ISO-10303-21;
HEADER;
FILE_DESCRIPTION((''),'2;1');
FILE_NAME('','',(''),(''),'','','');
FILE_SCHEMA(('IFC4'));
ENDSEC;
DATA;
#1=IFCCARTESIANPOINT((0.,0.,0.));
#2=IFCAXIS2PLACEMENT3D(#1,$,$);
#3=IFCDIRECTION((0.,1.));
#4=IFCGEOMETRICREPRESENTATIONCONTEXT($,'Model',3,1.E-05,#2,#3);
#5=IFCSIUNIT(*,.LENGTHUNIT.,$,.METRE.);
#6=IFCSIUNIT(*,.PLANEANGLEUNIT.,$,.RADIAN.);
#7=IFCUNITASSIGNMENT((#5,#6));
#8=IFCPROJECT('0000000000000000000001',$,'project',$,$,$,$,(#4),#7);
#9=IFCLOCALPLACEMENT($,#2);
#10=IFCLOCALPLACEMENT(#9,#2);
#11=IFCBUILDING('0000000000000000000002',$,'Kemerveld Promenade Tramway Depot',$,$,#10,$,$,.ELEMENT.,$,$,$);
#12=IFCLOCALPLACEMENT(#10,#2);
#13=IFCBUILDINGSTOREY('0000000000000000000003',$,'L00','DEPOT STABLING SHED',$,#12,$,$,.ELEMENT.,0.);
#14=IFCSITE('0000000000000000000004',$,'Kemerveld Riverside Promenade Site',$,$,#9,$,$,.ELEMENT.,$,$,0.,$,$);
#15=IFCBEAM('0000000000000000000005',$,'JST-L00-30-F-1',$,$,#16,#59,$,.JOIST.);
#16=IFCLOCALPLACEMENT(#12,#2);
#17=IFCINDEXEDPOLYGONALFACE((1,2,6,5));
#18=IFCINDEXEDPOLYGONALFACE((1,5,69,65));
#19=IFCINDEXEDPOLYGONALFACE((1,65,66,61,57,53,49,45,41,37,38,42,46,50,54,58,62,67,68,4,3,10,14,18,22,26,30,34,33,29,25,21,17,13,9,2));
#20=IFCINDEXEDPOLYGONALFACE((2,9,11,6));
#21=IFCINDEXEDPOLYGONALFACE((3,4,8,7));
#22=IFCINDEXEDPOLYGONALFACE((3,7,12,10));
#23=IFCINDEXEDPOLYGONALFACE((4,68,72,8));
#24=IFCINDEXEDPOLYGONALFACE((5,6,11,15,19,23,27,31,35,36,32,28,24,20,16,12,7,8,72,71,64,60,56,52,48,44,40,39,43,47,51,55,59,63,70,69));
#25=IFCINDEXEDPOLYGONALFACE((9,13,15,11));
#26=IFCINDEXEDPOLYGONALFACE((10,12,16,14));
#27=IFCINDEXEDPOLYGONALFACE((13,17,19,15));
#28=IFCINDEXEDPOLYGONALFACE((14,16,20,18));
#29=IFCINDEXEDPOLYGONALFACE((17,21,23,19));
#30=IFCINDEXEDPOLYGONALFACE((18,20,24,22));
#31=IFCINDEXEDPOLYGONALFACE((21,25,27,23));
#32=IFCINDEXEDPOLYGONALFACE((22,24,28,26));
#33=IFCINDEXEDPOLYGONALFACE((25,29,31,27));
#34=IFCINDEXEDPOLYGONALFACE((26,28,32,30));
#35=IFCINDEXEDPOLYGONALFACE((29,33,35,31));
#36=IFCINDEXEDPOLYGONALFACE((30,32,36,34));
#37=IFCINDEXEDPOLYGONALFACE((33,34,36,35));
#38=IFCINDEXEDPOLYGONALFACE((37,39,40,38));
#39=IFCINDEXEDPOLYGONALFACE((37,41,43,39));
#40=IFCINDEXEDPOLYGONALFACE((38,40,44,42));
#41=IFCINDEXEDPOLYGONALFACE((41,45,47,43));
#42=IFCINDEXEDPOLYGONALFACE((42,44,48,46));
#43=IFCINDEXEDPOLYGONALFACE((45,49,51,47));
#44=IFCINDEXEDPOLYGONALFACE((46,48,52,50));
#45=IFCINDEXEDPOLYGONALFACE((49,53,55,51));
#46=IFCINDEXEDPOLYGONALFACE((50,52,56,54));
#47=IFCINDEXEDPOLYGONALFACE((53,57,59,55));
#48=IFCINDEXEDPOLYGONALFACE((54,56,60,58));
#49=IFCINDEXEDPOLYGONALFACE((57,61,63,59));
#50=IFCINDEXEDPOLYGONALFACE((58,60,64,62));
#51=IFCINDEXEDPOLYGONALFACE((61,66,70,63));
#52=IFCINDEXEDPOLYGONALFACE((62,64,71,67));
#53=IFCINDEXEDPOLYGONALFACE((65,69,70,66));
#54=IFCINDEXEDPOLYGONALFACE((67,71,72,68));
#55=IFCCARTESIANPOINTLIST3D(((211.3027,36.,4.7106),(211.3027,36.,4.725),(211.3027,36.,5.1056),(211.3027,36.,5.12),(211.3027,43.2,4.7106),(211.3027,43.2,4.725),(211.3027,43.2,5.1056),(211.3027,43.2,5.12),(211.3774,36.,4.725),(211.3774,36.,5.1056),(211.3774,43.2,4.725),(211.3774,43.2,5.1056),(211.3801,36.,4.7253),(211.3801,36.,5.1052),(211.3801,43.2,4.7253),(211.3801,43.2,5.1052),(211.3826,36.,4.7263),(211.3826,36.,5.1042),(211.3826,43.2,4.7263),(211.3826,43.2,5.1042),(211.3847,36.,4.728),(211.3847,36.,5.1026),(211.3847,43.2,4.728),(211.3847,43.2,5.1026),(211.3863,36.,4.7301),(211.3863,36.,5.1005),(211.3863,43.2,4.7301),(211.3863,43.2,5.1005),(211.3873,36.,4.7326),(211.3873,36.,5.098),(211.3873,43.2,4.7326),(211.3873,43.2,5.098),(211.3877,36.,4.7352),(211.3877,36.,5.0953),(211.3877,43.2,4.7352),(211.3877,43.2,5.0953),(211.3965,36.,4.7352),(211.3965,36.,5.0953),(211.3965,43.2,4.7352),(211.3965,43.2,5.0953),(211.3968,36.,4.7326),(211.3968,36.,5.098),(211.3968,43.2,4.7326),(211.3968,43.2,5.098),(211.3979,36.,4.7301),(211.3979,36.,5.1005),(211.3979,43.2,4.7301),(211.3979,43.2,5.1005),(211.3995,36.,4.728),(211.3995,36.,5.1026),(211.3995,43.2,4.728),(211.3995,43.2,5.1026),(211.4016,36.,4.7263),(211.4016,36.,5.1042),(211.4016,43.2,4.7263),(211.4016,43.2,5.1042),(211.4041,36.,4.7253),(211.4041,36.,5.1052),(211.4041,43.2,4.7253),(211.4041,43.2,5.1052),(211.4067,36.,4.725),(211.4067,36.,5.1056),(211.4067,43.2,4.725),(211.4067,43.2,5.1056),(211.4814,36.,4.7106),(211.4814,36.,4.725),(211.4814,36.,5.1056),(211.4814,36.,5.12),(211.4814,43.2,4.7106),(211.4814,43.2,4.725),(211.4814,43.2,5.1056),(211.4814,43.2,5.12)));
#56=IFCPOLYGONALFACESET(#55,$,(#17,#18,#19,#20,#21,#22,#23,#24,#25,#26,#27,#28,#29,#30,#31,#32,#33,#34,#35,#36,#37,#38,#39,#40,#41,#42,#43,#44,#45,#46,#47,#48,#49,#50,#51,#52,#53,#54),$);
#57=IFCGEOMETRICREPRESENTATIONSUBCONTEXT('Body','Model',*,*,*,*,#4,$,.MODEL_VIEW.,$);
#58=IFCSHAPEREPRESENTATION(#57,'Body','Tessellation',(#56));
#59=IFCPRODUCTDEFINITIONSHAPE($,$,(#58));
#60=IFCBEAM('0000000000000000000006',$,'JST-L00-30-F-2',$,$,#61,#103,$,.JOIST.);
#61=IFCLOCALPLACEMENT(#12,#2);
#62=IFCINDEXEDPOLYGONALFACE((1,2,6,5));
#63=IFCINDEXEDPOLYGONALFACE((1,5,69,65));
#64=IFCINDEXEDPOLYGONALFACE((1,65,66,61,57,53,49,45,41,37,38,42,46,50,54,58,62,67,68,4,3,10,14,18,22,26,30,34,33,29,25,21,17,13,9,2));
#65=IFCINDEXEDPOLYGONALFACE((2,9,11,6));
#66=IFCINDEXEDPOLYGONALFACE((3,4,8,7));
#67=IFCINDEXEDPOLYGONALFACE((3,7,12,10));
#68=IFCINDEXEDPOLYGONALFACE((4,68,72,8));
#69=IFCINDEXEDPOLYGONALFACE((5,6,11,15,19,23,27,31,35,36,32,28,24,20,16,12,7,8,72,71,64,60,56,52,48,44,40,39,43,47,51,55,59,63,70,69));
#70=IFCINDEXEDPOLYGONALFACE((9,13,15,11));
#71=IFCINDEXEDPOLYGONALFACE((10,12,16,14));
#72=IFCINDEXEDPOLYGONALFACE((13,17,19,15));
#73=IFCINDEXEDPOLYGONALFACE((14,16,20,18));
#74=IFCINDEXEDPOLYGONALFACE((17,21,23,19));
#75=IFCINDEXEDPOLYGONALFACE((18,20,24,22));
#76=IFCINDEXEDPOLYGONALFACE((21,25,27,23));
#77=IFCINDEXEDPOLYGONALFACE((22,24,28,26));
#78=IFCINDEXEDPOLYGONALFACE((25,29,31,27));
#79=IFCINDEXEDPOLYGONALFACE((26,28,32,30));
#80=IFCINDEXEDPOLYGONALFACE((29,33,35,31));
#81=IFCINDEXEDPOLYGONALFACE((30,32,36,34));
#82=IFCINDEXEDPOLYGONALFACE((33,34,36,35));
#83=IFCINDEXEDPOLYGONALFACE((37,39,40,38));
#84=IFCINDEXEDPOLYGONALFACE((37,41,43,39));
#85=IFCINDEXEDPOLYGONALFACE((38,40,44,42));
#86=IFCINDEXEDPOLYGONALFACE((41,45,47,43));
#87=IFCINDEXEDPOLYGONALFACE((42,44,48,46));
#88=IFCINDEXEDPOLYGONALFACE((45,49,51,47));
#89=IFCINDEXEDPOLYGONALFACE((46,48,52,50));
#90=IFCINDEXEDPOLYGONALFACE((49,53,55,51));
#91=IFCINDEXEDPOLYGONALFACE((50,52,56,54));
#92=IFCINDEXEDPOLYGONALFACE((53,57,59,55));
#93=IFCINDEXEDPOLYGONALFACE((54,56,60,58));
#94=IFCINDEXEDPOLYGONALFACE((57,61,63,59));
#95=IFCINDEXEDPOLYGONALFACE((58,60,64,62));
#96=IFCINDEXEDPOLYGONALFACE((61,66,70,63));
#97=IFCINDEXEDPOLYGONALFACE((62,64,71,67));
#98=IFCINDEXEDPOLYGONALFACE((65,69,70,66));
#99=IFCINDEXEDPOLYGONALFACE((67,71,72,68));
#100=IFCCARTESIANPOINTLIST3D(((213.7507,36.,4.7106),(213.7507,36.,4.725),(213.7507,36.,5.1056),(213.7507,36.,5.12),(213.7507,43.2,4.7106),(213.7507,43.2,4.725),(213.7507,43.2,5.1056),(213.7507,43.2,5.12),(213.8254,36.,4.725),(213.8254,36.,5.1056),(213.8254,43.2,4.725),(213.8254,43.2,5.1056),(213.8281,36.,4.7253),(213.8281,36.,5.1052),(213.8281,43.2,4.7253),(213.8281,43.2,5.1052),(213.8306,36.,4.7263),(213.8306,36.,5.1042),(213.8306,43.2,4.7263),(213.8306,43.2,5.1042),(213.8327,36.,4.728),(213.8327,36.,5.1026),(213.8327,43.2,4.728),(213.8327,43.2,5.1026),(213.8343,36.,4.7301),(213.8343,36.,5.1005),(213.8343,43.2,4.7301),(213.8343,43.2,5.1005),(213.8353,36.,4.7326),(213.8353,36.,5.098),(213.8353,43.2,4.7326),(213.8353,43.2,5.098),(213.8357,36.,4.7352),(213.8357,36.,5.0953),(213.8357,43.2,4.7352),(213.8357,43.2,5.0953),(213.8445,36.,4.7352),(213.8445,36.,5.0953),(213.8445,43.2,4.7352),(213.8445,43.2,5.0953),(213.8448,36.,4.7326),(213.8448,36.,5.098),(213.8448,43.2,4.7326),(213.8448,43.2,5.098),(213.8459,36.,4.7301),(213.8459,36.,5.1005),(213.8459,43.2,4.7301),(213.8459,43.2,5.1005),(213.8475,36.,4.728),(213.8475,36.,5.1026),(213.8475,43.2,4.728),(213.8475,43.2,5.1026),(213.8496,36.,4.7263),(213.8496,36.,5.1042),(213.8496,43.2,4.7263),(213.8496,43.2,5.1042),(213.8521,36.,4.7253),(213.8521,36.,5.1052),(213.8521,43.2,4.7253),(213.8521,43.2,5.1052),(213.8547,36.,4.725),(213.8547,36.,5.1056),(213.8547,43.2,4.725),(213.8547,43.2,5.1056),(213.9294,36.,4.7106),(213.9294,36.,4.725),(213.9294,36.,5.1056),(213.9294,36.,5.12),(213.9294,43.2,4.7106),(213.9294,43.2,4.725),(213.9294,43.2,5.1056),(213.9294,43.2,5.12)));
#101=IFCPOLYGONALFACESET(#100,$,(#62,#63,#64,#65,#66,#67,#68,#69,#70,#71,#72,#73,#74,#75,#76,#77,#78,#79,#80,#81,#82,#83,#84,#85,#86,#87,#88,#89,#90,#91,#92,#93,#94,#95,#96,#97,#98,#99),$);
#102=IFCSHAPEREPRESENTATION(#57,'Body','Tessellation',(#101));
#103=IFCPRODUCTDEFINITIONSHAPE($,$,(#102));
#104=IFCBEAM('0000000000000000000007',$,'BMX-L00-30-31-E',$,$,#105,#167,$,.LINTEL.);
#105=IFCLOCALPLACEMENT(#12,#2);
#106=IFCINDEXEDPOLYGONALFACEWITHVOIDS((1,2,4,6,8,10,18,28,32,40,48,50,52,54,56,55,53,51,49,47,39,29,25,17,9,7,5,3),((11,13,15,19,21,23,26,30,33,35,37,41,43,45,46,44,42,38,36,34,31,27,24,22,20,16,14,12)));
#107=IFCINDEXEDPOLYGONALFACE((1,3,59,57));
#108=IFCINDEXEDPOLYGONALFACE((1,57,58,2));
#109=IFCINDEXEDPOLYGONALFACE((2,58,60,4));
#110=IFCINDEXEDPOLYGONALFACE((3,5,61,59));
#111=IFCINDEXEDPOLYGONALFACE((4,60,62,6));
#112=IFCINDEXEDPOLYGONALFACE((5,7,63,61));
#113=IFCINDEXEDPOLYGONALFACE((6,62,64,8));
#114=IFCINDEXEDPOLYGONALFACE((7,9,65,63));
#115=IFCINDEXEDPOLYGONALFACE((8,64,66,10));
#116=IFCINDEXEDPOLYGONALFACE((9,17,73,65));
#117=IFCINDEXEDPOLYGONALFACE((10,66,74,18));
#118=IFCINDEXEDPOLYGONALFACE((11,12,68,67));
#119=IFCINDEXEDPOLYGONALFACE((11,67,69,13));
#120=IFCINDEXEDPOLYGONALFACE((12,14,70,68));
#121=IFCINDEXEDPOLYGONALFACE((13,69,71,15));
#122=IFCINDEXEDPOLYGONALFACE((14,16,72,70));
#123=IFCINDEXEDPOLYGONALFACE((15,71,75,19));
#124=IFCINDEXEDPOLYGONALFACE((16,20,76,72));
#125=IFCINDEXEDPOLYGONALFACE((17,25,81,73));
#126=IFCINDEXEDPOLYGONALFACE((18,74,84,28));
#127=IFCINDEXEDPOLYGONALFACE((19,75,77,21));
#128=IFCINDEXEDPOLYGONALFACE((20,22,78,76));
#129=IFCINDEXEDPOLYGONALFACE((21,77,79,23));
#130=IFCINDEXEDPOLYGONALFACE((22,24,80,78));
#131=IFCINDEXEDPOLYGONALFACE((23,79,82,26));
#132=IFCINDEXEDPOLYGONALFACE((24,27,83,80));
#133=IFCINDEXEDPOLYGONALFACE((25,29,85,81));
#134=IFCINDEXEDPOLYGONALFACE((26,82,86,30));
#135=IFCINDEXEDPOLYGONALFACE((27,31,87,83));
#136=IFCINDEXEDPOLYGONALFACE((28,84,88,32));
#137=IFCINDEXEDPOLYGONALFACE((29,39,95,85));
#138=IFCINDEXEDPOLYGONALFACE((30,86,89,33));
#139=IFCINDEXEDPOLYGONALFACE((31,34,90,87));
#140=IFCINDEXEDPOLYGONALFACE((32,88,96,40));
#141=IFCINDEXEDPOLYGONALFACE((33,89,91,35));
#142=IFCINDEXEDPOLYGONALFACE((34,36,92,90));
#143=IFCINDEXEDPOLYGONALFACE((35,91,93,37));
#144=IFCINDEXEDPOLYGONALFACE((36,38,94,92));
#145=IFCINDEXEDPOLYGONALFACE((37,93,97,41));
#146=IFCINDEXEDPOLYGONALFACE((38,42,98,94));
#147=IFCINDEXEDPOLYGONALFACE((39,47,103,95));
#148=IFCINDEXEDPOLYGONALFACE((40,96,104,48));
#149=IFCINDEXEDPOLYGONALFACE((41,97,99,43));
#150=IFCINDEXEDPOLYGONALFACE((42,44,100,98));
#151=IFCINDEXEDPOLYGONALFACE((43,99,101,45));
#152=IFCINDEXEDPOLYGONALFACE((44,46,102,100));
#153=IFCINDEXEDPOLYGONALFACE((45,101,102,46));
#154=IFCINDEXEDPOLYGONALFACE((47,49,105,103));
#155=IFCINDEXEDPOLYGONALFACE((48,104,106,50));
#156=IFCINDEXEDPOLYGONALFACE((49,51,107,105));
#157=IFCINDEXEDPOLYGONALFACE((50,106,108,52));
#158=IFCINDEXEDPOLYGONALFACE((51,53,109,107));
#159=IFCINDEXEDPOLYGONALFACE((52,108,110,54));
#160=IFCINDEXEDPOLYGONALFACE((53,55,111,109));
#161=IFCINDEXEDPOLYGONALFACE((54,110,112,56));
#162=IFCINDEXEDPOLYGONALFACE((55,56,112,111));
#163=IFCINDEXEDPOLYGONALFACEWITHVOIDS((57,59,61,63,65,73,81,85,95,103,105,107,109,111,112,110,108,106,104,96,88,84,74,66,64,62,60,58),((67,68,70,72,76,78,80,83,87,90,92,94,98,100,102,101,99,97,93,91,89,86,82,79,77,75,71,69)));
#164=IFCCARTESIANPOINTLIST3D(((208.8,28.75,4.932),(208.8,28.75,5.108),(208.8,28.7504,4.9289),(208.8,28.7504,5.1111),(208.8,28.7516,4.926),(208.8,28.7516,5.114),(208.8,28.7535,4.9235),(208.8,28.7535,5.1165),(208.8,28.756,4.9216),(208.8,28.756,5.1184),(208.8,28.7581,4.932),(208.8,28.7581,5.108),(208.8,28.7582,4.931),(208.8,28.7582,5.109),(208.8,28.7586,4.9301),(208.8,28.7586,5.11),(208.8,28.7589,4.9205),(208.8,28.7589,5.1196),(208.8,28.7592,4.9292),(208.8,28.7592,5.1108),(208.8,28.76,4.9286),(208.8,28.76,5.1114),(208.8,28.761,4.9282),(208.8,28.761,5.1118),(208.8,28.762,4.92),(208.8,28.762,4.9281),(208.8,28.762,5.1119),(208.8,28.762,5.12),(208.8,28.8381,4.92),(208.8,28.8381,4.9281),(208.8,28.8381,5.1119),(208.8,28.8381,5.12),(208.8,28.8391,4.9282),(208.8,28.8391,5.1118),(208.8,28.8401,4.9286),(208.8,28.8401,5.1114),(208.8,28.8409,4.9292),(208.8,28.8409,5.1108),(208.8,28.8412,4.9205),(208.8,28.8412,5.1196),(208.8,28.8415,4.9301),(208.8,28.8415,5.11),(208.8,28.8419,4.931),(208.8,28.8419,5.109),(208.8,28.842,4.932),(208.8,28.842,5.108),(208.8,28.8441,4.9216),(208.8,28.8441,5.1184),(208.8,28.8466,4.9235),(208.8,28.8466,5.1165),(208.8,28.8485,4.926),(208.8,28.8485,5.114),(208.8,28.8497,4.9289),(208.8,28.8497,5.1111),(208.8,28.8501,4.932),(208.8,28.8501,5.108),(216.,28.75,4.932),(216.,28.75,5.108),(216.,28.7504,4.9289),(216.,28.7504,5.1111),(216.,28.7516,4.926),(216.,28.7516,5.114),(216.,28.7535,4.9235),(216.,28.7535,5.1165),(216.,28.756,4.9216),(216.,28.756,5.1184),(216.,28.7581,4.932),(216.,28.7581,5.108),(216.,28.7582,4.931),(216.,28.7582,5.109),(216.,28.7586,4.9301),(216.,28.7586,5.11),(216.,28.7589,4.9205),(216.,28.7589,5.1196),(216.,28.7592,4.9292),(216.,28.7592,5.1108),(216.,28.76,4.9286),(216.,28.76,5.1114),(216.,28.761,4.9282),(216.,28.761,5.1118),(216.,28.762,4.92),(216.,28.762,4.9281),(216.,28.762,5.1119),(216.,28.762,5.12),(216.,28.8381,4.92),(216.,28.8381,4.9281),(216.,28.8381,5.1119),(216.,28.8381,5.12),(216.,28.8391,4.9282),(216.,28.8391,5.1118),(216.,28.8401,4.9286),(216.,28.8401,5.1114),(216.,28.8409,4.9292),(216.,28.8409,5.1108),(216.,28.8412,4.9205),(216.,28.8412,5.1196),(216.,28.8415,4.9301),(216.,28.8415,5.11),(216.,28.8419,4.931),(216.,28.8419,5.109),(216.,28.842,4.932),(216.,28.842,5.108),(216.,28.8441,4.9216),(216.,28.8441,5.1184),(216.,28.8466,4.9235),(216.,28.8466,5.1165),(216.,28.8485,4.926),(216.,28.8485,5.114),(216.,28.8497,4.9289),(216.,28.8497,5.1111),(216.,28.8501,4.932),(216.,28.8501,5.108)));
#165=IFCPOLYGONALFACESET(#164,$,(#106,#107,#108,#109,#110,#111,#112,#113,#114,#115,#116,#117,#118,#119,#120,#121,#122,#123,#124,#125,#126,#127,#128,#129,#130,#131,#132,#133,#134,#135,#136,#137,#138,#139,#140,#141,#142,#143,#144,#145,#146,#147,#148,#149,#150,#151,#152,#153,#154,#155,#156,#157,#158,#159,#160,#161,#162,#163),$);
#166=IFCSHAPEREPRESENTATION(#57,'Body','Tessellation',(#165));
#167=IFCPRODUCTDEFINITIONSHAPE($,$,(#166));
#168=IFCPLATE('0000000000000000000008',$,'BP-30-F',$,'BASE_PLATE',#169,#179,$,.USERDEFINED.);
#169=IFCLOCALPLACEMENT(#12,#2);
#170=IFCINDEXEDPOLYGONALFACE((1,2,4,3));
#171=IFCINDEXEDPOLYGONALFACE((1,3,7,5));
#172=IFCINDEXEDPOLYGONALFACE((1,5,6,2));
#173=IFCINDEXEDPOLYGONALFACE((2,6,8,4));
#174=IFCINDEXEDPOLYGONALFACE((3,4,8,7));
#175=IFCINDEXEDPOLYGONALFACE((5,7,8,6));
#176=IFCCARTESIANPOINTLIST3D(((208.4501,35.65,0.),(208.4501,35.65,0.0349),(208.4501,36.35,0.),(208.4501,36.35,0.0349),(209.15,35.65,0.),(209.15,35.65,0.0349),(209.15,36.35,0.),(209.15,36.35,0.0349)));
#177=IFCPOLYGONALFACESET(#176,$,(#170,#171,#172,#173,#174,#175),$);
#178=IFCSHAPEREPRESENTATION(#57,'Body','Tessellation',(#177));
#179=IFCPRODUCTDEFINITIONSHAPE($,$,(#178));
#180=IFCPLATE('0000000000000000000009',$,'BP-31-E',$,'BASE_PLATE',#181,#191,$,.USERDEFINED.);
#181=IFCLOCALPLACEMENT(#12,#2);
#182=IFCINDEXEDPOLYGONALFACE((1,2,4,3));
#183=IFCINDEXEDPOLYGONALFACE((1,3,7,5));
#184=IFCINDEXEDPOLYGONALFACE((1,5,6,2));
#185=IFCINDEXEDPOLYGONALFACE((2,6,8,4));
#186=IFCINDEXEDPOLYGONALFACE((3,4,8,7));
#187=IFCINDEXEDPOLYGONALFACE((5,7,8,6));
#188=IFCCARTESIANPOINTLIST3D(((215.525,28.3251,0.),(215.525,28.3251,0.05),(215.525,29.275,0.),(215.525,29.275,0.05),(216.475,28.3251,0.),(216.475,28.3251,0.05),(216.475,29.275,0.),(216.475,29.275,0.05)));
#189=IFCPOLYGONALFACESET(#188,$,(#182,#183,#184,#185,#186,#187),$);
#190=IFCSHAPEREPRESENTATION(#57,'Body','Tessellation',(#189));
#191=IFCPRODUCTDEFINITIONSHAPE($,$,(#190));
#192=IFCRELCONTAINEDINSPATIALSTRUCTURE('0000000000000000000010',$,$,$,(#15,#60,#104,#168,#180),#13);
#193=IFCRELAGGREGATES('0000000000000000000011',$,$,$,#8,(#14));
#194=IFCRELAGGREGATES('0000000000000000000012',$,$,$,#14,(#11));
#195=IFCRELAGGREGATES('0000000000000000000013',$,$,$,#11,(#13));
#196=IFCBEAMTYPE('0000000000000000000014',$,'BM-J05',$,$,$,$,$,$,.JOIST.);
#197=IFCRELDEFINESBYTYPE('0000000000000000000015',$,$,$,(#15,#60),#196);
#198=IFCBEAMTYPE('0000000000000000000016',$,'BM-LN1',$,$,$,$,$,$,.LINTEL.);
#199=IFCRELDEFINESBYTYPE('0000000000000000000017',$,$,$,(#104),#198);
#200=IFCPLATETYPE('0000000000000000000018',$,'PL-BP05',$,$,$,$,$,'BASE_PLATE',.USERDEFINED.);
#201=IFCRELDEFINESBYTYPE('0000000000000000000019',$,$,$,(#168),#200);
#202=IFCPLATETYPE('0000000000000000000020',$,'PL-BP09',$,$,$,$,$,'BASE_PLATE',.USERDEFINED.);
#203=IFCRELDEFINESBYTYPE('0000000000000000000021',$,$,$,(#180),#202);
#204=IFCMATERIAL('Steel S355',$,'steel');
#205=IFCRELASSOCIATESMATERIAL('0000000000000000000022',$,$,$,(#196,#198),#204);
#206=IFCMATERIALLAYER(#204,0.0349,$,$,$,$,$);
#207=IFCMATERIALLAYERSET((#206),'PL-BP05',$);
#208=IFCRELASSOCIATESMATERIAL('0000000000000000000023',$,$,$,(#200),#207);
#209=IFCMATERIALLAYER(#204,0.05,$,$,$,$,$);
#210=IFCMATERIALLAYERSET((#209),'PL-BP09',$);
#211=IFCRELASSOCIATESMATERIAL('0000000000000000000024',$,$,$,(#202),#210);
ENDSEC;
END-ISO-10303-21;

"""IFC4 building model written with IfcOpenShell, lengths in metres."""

from ifc_helpers import new_model, si_unit, direction, frame, origin, origin_2d, place, context, subcontext, project, spatial, rectangle, hollow_rectangle, i_section, extrude, material, layer, layer_set, material_profile, profile_set, type_object, element, save


model = new_model("IFC4")

# Units and contexts
model_context = context("Model", 3, precision=1e-05, world=origin(), true_north=direction((0.0, 1.0)))
body_context = subcontext(model_context, "Body", "Model", "MODEL_VIEW")
ifc_project = project(units=[si_unit("LENGTHUNIT", "METRE"), si_unit("PLANEANGLEUNIT", "RADIAN")], contexts=[model_context])

# Site, building, storey
site_placement = place(None, origin())
site = spatial("IfcSite", under=ifc_project, at=site_placement, Name="Kemerveld Riverside Promenade Site", CompositionType="ELEMENT", RefElevation=0.0)
building_placement = place(site_placement, origin())
building = spatial("IfcBuilding", under=site, at=building_placement, Name="Kemerveld Promenade Tramway Depot", CompositionType="ELEMENT")
storey_placement = place(building_placement, origin())
storey = spatial("IfcBuildingStorey", under=building, at=storey_placement, Name="L00", Description="DEPOT STABLING SHED", CompositionType="ELEMENT", Elevation=0.0)

# Shared definitions
ifc_material_1 = material(Name="Steel S355", Category="steel")

# Beams
ifc_material_profile_1 = material_profile(ifc_material_1, i_section(OverallWidth=0.1787, OverallDepth=0.4094, WebThickness=0.0088, FlangeThickness=0.0144, FilletRadius=0.0103, at=origin_2d()), Name="406x178x67 UB")
ifc_profile_set_1 = profile_set([ifc_material_profile_1], Name="Steel S355")
beam_type_1 = type_object("IfcBeamType", Name="BM-J05", PredefinedType="JOIST", material=ifc_profile_set_1)
for number, where, z_axis, x_axis, name in (
    (1, (211.3921, 36.0, 4.9153), (0.0, 1.0, 0.0), (-1.0, 0.0, 0.0), "JST-L00-30-F-1"),
    (2, (213.8401, 36.0, 4.9153), (0.0, 1.0, 0.0), (-1.0, 0.0, 0.0), "JST-L00-30-F-2"),
):
    element("IfcBeam", number, at=place(storey_placement, frame(where, z_axis=z_axis, x_axis=x_axis)), inside=storey, type_object=beam_type_1, Name=name, PredefinedType="JOIST", context=body_context, shape_type="SweptSolid", body=[
        extrude(i_section(OverallWidth=0.1787, OverallDepth=0.4094, WebThickness=0.0088, FlangeThickness=0.0144, FilletRadius=0.0103, at=origin_2d()), origin(), (0.0, 0.0, 1.0), 7.2),
    ])
ifc_material_profile_2 = material_profile(ifc_material_1, hollow_rectangle(XDim=0.1001, YDim=0.2, WallThickness=0.0081, InnerFilletRadius=0.0039, OuterFilletRadius=0.012, at=origin_2d()), Name="200x100x8.0 RHS")
ifc_profile_set_2 = profile_set([ifc_material_profile_2], Name="Steel S355")
beam_type_2 = type_object("IfcBeamType", Name="BM-LN1", PredefinedType="LINTEL", material=ifc_profile_set_2)
beam_1_placement = place(storey_placement, frame((208.8, 28.8, 5.02), z_axis=(1.0, 0.0, 0.0), x_axis=(0.0, 1.0, 0.0)))
element("IfcBeam", 3, at=beam_1_placement, inside=storey, type_object=beam_type_2, Name="BMX-L00-30-31-E", PredefinedType="LINTEL", context=body_context, shape_type="SweptSolid", body=[
    extrude(hollow_rectangle(XDim=0.1001, YDim=0.2, WallThickness=0.0081, InnerFilletRadius=0.0039, OuterFilletRadius=0.012, at=origin_2d()), origin(), (0.0, 0.0, 1.0), 7.2),
])

# Plates
ifc_layer_1 = layer(ifc_material_1, 0.0349)
ifc_layer_set_1 = layer_set([ifc_layer_1], Name="PL-BP05")
plate_type_1 = type_object("IfcPlateType", Name="PL-BP05", ElementType="BASE_PLATE", PredefinedType="USERDEFINED", material=ifc_layer_set_1)
plate_1_placement = place(storey_placement, frame((208.8, 36.0, 0.0), z_axis=(0.0, 0.0, 1.0), x_axis=(1.0, 0.0, 0.0)))
element("IfcPlate", 4, at=plate_1_placement, inside=storey, type_object=plate_type_1, Name="BP-30-F", ObjectType="BASE_PLATE", PredefinedType="USERDEFINED", context=body_context, shape_type="SweptSolid", body=[
    extrude(rectangle(XDim=0.7, YDim=0.7, at=origin_2d()), origin(), (0.0, 0.0, 1.0), 0.0349),
])
ifc_layer_2 = layer(ifc_material_1, 0.05)
ifc_layer_set_2 = layer_set([ifc_layer_2], Name="PL-BP09")
plate_type_2 = type_object("IfcPlateType", Name="PL-BP09", ElementType="BASE_PLATE", PredefinedType="USERDEFINED", material=ifc_layer_set_2)
plate_2_placement = place(storey_placement, frame((216.0, 28.8, 0.0), z_axis=(0.0, 0.0, 1.0), x_axis=(1.0, 0.0, 0.0)))
element("IfcPlate", 5, at=plate_2_placement, inside=storey, type_object=plate_type_2, Name="BP-31-E", ObjectType="BASE_PLATE", PredefinedType="USERDEFINED", context=body_context, shape_type="SweptSolid", body=[
    extrude(rectangle(XDim=0.95, YDim=0.95, at=origin_2d()), origin(), (0.0, 0.0, 1.0), 0.05),
])

save(model, "model.ifc")
